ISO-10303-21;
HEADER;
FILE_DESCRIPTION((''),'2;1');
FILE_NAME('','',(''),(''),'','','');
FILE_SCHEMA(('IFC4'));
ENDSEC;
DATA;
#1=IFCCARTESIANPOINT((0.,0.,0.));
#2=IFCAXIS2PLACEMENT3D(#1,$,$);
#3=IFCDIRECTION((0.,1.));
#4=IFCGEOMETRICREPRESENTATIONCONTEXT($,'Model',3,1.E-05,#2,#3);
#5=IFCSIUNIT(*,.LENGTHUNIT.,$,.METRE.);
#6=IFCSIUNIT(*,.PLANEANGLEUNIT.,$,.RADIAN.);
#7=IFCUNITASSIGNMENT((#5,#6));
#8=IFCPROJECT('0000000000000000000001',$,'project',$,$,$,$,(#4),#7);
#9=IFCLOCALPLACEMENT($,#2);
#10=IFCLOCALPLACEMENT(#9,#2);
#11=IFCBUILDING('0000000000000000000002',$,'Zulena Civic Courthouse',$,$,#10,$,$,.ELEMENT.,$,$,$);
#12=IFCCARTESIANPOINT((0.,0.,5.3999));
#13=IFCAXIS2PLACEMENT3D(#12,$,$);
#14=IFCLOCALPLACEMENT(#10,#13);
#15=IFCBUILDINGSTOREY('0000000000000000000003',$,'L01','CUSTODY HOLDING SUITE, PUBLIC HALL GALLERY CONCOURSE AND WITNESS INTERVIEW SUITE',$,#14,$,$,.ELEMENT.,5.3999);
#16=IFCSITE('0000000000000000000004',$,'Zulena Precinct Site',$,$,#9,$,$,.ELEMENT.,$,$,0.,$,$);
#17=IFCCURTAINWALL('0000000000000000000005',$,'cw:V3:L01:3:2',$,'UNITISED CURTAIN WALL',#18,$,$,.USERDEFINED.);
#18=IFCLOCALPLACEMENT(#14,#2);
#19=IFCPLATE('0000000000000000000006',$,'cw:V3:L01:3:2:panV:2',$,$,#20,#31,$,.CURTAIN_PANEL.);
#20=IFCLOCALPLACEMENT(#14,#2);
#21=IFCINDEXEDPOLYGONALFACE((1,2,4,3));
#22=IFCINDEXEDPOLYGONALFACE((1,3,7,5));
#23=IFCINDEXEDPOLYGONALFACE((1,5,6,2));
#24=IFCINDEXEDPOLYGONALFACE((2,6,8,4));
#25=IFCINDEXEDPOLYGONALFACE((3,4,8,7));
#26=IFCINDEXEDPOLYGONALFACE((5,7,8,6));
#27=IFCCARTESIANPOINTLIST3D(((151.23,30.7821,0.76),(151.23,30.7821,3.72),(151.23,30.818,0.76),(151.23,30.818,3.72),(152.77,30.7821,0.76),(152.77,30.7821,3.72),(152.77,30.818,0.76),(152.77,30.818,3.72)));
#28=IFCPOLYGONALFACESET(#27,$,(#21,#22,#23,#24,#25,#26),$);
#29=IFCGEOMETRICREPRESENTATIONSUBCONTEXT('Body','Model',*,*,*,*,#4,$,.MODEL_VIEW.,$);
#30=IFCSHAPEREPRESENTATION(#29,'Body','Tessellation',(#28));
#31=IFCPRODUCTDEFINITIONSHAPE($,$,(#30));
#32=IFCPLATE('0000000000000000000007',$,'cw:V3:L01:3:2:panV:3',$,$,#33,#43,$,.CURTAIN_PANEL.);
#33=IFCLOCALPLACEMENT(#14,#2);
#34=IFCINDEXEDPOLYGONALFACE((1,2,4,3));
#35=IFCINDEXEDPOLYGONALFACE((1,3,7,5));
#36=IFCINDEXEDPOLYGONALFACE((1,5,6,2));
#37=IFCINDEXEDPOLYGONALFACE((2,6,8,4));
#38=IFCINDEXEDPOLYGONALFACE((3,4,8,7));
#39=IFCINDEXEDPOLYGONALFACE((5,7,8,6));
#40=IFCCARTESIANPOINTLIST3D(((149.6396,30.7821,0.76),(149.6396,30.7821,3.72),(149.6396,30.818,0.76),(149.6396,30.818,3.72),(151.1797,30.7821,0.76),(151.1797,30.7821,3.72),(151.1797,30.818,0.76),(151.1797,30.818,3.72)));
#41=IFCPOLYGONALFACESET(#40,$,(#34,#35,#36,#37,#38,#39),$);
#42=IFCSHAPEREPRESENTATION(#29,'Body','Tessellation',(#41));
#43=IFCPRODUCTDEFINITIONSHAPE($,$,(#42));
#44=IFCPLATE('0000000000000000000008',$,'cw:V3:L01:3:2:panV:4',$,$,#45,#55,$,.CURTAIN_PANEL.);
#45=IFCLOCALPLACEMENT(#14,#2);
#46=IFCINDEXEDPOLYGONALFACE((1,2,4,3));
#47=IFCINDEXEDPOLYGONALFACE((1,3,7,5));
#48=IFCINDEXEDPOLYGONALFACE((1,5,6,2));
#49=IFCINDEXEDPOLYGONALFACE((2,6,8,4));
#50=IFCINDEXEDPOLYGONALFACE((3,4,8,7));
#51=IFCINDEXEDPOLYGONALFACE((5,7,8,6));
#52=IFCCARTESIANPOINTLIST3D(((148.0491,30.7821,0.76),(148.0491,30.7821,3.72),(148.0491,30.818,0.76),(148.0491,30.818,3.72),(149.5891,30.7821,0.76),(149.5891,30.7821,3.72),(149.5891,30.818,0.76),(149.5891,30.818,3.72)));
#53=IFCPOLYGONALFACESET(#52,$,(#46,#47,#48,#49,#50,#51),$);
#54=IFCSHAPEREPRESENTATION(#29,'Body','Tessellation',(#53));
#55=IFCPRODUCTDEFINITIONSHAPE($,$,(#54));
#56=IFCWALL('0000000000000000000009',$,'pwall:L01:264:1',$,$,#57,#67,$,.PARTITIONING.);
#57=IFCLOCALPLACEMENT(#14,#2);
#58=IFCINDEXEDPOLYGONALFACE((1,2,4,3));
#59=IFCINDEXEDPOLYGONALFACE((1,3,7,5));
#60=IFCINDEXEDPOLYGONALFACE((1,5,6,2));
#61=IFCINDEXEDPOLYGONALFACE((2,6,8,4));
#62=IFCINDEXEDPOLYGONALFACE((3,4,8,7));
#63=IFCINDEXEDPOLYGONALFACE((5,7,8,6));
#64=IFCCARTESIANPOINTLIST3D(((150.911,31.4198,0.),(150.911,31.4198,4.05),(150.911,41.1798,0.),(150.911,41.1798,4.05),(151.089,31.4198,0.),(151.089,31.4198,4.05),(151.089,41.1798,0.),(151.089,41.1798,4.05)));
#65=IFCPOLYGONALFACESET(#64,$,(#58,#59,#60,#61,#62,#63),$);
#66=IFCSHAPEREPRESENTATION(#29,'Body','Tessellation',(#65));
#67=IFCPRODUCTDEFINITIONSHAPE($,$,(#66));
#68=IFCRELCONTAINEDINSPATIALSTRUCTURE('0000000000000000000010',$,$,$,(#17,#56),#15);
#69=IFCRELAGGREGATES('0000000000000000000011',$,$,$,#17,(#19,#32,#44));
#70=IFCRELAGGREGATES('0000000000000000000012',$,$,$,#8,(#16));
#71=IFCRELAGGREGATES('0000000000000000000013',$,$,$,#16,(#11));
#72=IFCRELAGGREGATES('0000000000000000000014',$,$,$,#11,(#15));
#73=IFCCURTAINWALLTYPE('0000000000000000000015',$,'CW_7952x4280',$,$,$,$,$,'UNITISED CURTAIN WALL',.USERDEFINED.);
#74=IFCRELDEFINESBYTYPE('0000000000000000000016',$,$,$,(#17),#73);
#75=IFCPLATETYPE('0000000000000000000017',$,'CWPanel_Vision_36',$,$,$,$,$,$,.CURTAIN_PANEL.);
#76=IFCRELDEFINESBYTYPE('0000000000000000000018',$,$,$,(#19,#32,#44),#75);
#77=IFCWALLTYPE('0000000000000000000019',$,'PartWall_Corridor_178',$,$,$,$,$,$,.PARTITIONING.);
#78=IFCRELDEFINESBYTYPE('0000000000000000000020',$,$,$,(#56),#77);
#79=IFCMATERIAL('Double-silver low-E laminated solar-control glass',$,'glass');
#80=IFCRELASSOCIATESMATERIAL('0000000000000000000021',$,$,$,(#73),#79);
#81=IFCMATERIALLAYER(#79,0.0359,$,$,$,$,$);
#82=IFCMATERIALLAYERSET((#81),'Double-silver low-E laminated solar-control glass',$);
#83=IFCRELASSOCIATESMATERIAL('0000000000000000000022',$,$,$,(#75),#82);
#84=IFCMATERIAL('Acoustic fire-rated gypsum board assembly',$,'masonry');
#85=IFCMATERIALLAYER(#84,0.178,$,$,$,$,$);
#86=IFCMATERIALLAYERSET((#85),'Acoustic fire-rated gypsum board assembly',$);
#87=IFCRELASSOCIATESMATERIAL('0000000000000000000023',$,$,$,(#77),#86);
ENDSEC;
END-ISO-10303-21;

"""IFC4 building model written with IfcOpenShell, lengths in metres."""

from ifc_helpers import new_model, si_unit, direction, frame, frame_2d, origin, origin_2d, place, context, subcontext, project, spatial, rectangle, extrude, material, layer, layer_set, type_object, element, aggregate, save


model = new_model("IFC4")

# Units and contexts
model_context = context("Model", 3, precision=1e-05, world=origin(), true_north=direction((0.0, 1.0)))
body_context = subcontext(model_context, "Body", "Model", "MODEL_VIEW")
ifc_project = project(units=[si_unit("LENGTHUNIT", "METRE"), si_unit("PLANEANGLEUNIT", "RADIAN")], contexts=[model_context])

# Site, building, storey
site_placement = place(None, origin())
site = spatial("IfcSite", under=ifc_project, at=site_placement, Name="Zulena Precinct Site", CompositionType="ELEMENT", RefElevation=0.0)
building_placement = place(site_placement, origin())
building = spatial("IfcBuilding", under=site, at=building_placement, Name="Zulena Civic Courthouse", CompositionType="ELEMENT")
storey_placement = place(building_placement, frame((0.0, 0.0, 5.3999)))
storey = spatial("IfcBuildingStorey", under=building, at=storey_placement, Name="L01", Description="CUSTODY HOLDING SUITE, PUBLIC HALL GALLERY CONCOURSE AND WITNESS INTERVIEW SUITE", CompositionType="ELEMENT", Elevation=5.3999)

# Curtain wall
ifc_material_1 = material(Name="Double-silver low-E laminated solar-control glass", Category="glass")
curtain_wall_type = type_object("IfcCurtainWallType", Name="CW_7952x4280", ElementType="UNITISED CURTAIN WALL", PredefinedType="USERDEFINED", material=ifc_material_1)
curtain_wall_1_placement = place(storey_placement, origin())
curtain_wall_1 = element("IfcCurtainWall", 1, at=curtain_wall_1_placement, inside=storey, type_object=curtain_wall_type, Name="cw:V3:L01:3:2", ObjectType="UNITISED CURTAIN WALL", PredefinedType="USERDEFINED")

# Plates
ifc_layer_1 = layer(ifc_material_1, 0.0359)
ifc_layer_set_1 = layer_set([ifc_layer_1], Name="Double-silver low-E laminated solar-control glass")
plate_type_1 = type_object("IfcPlateType", Name="CWPanel_Vision_36", PredefinedType="CURTAIN_PANEL", material=ifc_layer_set_1)
plate_1_placement = place(storey_placement, frame((152.0, 30.8, 0.76), z_axis=(0.0, 0.0, 1.0), x_axis=(-1.0, 0.0, 0.0)))
plate_1 = element("IfcPlate", 2, at=plate_1_placement, type_object=plate_type_1, Name="cw:V3:L01:3:2:panV:2", PredefinedType="CURTAIN_PANEL", context=body_context, shape_type="SweptSolid", body=[
    extrude(rectangle(XDim=1.54, YDim=0.0359, at=origin_2d()), origin(), (0.0, 0.0, 1.0), 2.96),
])
plate_2_placement = place(storey_placement, frame((150.4097, 30.8, 0.76), z_axis=(0.0, 0.0, 1.0), x_axis=(-1.0, 0.0, 0.0)))
plate_2 = element("IfcPlate", 3, at=plate_2_placement, type_object=plate_type_1, Name="cw:V3:L01:3:2:panV:3", PredefinedType="CURTAIN_PANEL", context=body_context, shape_type="SweptSolid", body=[
    extrude(rectangle(XDim=1.54, YDim=0.0359, at=origin_2d()), origin(), (0.0, 0.0, 1.0), 2.96),
])
plate_3_placement = place(storey_placement, frame((148.8191, 30.8, 0.76), z_axis=(0.0, 0.0, 1.0), x_axis=(-1.0, 0.0, 0.0)))
plate_3 = element("IfcPlate", 4, at=plate_3_placement, type_object=plate_type_1, Name="cw:V3:L01:3:2:panV:4", PredefinedType="CURTAIN_PANEL", context=body_context, shape_type="SweptSolid", body=[
    extrude(rectangle(XDim=1.54, YDim=0.0359, at=origin_2d()), origin(), (0.0, 0.0, 1.0), 2.96),
])
aggregate(curtain_wall_1, [plate_1, plate_2, plate_3])

# Wall
ifc_material_2 = material(Name="Acoustic fire-rated gypsum board assembly", Category="masonry")
ifc_layer_2 = layer(ifc_material_2, 0.178)
ifc_layer_set_2 = layer_set([ifc_layer_2], Name="Acoustic fire-rated gypsum board assembly")
wall_type_1 = type_object("IfcWallType", Name="PartWall_Corridor_178", PredefinedType="PARTITIONING", material=ifc_layer_set_2)
wall_1_placement = place(storey_placement, frame((151.0, 31.4199, 0.0), z_axis=(0.0, 0.0, 1.0), x_axis=(0.0, 1.0, 0.0)))
element("IfcWall", 5, at=wall_1_placement, inside=storey, type_object=wall_type_1, Name="pwall:L01:264:1", PredefinedType="PARTITIONING", context=body_context, shape_type="SweptSolid", body=[
    extrude(rectangle(XDim=9.76, YDim=0.178, at=frame_2d((4.8799, 0.0))), origin(), (0.0, 0.0, 1.0), 4.05),
])

save(model, "model.ifc")
